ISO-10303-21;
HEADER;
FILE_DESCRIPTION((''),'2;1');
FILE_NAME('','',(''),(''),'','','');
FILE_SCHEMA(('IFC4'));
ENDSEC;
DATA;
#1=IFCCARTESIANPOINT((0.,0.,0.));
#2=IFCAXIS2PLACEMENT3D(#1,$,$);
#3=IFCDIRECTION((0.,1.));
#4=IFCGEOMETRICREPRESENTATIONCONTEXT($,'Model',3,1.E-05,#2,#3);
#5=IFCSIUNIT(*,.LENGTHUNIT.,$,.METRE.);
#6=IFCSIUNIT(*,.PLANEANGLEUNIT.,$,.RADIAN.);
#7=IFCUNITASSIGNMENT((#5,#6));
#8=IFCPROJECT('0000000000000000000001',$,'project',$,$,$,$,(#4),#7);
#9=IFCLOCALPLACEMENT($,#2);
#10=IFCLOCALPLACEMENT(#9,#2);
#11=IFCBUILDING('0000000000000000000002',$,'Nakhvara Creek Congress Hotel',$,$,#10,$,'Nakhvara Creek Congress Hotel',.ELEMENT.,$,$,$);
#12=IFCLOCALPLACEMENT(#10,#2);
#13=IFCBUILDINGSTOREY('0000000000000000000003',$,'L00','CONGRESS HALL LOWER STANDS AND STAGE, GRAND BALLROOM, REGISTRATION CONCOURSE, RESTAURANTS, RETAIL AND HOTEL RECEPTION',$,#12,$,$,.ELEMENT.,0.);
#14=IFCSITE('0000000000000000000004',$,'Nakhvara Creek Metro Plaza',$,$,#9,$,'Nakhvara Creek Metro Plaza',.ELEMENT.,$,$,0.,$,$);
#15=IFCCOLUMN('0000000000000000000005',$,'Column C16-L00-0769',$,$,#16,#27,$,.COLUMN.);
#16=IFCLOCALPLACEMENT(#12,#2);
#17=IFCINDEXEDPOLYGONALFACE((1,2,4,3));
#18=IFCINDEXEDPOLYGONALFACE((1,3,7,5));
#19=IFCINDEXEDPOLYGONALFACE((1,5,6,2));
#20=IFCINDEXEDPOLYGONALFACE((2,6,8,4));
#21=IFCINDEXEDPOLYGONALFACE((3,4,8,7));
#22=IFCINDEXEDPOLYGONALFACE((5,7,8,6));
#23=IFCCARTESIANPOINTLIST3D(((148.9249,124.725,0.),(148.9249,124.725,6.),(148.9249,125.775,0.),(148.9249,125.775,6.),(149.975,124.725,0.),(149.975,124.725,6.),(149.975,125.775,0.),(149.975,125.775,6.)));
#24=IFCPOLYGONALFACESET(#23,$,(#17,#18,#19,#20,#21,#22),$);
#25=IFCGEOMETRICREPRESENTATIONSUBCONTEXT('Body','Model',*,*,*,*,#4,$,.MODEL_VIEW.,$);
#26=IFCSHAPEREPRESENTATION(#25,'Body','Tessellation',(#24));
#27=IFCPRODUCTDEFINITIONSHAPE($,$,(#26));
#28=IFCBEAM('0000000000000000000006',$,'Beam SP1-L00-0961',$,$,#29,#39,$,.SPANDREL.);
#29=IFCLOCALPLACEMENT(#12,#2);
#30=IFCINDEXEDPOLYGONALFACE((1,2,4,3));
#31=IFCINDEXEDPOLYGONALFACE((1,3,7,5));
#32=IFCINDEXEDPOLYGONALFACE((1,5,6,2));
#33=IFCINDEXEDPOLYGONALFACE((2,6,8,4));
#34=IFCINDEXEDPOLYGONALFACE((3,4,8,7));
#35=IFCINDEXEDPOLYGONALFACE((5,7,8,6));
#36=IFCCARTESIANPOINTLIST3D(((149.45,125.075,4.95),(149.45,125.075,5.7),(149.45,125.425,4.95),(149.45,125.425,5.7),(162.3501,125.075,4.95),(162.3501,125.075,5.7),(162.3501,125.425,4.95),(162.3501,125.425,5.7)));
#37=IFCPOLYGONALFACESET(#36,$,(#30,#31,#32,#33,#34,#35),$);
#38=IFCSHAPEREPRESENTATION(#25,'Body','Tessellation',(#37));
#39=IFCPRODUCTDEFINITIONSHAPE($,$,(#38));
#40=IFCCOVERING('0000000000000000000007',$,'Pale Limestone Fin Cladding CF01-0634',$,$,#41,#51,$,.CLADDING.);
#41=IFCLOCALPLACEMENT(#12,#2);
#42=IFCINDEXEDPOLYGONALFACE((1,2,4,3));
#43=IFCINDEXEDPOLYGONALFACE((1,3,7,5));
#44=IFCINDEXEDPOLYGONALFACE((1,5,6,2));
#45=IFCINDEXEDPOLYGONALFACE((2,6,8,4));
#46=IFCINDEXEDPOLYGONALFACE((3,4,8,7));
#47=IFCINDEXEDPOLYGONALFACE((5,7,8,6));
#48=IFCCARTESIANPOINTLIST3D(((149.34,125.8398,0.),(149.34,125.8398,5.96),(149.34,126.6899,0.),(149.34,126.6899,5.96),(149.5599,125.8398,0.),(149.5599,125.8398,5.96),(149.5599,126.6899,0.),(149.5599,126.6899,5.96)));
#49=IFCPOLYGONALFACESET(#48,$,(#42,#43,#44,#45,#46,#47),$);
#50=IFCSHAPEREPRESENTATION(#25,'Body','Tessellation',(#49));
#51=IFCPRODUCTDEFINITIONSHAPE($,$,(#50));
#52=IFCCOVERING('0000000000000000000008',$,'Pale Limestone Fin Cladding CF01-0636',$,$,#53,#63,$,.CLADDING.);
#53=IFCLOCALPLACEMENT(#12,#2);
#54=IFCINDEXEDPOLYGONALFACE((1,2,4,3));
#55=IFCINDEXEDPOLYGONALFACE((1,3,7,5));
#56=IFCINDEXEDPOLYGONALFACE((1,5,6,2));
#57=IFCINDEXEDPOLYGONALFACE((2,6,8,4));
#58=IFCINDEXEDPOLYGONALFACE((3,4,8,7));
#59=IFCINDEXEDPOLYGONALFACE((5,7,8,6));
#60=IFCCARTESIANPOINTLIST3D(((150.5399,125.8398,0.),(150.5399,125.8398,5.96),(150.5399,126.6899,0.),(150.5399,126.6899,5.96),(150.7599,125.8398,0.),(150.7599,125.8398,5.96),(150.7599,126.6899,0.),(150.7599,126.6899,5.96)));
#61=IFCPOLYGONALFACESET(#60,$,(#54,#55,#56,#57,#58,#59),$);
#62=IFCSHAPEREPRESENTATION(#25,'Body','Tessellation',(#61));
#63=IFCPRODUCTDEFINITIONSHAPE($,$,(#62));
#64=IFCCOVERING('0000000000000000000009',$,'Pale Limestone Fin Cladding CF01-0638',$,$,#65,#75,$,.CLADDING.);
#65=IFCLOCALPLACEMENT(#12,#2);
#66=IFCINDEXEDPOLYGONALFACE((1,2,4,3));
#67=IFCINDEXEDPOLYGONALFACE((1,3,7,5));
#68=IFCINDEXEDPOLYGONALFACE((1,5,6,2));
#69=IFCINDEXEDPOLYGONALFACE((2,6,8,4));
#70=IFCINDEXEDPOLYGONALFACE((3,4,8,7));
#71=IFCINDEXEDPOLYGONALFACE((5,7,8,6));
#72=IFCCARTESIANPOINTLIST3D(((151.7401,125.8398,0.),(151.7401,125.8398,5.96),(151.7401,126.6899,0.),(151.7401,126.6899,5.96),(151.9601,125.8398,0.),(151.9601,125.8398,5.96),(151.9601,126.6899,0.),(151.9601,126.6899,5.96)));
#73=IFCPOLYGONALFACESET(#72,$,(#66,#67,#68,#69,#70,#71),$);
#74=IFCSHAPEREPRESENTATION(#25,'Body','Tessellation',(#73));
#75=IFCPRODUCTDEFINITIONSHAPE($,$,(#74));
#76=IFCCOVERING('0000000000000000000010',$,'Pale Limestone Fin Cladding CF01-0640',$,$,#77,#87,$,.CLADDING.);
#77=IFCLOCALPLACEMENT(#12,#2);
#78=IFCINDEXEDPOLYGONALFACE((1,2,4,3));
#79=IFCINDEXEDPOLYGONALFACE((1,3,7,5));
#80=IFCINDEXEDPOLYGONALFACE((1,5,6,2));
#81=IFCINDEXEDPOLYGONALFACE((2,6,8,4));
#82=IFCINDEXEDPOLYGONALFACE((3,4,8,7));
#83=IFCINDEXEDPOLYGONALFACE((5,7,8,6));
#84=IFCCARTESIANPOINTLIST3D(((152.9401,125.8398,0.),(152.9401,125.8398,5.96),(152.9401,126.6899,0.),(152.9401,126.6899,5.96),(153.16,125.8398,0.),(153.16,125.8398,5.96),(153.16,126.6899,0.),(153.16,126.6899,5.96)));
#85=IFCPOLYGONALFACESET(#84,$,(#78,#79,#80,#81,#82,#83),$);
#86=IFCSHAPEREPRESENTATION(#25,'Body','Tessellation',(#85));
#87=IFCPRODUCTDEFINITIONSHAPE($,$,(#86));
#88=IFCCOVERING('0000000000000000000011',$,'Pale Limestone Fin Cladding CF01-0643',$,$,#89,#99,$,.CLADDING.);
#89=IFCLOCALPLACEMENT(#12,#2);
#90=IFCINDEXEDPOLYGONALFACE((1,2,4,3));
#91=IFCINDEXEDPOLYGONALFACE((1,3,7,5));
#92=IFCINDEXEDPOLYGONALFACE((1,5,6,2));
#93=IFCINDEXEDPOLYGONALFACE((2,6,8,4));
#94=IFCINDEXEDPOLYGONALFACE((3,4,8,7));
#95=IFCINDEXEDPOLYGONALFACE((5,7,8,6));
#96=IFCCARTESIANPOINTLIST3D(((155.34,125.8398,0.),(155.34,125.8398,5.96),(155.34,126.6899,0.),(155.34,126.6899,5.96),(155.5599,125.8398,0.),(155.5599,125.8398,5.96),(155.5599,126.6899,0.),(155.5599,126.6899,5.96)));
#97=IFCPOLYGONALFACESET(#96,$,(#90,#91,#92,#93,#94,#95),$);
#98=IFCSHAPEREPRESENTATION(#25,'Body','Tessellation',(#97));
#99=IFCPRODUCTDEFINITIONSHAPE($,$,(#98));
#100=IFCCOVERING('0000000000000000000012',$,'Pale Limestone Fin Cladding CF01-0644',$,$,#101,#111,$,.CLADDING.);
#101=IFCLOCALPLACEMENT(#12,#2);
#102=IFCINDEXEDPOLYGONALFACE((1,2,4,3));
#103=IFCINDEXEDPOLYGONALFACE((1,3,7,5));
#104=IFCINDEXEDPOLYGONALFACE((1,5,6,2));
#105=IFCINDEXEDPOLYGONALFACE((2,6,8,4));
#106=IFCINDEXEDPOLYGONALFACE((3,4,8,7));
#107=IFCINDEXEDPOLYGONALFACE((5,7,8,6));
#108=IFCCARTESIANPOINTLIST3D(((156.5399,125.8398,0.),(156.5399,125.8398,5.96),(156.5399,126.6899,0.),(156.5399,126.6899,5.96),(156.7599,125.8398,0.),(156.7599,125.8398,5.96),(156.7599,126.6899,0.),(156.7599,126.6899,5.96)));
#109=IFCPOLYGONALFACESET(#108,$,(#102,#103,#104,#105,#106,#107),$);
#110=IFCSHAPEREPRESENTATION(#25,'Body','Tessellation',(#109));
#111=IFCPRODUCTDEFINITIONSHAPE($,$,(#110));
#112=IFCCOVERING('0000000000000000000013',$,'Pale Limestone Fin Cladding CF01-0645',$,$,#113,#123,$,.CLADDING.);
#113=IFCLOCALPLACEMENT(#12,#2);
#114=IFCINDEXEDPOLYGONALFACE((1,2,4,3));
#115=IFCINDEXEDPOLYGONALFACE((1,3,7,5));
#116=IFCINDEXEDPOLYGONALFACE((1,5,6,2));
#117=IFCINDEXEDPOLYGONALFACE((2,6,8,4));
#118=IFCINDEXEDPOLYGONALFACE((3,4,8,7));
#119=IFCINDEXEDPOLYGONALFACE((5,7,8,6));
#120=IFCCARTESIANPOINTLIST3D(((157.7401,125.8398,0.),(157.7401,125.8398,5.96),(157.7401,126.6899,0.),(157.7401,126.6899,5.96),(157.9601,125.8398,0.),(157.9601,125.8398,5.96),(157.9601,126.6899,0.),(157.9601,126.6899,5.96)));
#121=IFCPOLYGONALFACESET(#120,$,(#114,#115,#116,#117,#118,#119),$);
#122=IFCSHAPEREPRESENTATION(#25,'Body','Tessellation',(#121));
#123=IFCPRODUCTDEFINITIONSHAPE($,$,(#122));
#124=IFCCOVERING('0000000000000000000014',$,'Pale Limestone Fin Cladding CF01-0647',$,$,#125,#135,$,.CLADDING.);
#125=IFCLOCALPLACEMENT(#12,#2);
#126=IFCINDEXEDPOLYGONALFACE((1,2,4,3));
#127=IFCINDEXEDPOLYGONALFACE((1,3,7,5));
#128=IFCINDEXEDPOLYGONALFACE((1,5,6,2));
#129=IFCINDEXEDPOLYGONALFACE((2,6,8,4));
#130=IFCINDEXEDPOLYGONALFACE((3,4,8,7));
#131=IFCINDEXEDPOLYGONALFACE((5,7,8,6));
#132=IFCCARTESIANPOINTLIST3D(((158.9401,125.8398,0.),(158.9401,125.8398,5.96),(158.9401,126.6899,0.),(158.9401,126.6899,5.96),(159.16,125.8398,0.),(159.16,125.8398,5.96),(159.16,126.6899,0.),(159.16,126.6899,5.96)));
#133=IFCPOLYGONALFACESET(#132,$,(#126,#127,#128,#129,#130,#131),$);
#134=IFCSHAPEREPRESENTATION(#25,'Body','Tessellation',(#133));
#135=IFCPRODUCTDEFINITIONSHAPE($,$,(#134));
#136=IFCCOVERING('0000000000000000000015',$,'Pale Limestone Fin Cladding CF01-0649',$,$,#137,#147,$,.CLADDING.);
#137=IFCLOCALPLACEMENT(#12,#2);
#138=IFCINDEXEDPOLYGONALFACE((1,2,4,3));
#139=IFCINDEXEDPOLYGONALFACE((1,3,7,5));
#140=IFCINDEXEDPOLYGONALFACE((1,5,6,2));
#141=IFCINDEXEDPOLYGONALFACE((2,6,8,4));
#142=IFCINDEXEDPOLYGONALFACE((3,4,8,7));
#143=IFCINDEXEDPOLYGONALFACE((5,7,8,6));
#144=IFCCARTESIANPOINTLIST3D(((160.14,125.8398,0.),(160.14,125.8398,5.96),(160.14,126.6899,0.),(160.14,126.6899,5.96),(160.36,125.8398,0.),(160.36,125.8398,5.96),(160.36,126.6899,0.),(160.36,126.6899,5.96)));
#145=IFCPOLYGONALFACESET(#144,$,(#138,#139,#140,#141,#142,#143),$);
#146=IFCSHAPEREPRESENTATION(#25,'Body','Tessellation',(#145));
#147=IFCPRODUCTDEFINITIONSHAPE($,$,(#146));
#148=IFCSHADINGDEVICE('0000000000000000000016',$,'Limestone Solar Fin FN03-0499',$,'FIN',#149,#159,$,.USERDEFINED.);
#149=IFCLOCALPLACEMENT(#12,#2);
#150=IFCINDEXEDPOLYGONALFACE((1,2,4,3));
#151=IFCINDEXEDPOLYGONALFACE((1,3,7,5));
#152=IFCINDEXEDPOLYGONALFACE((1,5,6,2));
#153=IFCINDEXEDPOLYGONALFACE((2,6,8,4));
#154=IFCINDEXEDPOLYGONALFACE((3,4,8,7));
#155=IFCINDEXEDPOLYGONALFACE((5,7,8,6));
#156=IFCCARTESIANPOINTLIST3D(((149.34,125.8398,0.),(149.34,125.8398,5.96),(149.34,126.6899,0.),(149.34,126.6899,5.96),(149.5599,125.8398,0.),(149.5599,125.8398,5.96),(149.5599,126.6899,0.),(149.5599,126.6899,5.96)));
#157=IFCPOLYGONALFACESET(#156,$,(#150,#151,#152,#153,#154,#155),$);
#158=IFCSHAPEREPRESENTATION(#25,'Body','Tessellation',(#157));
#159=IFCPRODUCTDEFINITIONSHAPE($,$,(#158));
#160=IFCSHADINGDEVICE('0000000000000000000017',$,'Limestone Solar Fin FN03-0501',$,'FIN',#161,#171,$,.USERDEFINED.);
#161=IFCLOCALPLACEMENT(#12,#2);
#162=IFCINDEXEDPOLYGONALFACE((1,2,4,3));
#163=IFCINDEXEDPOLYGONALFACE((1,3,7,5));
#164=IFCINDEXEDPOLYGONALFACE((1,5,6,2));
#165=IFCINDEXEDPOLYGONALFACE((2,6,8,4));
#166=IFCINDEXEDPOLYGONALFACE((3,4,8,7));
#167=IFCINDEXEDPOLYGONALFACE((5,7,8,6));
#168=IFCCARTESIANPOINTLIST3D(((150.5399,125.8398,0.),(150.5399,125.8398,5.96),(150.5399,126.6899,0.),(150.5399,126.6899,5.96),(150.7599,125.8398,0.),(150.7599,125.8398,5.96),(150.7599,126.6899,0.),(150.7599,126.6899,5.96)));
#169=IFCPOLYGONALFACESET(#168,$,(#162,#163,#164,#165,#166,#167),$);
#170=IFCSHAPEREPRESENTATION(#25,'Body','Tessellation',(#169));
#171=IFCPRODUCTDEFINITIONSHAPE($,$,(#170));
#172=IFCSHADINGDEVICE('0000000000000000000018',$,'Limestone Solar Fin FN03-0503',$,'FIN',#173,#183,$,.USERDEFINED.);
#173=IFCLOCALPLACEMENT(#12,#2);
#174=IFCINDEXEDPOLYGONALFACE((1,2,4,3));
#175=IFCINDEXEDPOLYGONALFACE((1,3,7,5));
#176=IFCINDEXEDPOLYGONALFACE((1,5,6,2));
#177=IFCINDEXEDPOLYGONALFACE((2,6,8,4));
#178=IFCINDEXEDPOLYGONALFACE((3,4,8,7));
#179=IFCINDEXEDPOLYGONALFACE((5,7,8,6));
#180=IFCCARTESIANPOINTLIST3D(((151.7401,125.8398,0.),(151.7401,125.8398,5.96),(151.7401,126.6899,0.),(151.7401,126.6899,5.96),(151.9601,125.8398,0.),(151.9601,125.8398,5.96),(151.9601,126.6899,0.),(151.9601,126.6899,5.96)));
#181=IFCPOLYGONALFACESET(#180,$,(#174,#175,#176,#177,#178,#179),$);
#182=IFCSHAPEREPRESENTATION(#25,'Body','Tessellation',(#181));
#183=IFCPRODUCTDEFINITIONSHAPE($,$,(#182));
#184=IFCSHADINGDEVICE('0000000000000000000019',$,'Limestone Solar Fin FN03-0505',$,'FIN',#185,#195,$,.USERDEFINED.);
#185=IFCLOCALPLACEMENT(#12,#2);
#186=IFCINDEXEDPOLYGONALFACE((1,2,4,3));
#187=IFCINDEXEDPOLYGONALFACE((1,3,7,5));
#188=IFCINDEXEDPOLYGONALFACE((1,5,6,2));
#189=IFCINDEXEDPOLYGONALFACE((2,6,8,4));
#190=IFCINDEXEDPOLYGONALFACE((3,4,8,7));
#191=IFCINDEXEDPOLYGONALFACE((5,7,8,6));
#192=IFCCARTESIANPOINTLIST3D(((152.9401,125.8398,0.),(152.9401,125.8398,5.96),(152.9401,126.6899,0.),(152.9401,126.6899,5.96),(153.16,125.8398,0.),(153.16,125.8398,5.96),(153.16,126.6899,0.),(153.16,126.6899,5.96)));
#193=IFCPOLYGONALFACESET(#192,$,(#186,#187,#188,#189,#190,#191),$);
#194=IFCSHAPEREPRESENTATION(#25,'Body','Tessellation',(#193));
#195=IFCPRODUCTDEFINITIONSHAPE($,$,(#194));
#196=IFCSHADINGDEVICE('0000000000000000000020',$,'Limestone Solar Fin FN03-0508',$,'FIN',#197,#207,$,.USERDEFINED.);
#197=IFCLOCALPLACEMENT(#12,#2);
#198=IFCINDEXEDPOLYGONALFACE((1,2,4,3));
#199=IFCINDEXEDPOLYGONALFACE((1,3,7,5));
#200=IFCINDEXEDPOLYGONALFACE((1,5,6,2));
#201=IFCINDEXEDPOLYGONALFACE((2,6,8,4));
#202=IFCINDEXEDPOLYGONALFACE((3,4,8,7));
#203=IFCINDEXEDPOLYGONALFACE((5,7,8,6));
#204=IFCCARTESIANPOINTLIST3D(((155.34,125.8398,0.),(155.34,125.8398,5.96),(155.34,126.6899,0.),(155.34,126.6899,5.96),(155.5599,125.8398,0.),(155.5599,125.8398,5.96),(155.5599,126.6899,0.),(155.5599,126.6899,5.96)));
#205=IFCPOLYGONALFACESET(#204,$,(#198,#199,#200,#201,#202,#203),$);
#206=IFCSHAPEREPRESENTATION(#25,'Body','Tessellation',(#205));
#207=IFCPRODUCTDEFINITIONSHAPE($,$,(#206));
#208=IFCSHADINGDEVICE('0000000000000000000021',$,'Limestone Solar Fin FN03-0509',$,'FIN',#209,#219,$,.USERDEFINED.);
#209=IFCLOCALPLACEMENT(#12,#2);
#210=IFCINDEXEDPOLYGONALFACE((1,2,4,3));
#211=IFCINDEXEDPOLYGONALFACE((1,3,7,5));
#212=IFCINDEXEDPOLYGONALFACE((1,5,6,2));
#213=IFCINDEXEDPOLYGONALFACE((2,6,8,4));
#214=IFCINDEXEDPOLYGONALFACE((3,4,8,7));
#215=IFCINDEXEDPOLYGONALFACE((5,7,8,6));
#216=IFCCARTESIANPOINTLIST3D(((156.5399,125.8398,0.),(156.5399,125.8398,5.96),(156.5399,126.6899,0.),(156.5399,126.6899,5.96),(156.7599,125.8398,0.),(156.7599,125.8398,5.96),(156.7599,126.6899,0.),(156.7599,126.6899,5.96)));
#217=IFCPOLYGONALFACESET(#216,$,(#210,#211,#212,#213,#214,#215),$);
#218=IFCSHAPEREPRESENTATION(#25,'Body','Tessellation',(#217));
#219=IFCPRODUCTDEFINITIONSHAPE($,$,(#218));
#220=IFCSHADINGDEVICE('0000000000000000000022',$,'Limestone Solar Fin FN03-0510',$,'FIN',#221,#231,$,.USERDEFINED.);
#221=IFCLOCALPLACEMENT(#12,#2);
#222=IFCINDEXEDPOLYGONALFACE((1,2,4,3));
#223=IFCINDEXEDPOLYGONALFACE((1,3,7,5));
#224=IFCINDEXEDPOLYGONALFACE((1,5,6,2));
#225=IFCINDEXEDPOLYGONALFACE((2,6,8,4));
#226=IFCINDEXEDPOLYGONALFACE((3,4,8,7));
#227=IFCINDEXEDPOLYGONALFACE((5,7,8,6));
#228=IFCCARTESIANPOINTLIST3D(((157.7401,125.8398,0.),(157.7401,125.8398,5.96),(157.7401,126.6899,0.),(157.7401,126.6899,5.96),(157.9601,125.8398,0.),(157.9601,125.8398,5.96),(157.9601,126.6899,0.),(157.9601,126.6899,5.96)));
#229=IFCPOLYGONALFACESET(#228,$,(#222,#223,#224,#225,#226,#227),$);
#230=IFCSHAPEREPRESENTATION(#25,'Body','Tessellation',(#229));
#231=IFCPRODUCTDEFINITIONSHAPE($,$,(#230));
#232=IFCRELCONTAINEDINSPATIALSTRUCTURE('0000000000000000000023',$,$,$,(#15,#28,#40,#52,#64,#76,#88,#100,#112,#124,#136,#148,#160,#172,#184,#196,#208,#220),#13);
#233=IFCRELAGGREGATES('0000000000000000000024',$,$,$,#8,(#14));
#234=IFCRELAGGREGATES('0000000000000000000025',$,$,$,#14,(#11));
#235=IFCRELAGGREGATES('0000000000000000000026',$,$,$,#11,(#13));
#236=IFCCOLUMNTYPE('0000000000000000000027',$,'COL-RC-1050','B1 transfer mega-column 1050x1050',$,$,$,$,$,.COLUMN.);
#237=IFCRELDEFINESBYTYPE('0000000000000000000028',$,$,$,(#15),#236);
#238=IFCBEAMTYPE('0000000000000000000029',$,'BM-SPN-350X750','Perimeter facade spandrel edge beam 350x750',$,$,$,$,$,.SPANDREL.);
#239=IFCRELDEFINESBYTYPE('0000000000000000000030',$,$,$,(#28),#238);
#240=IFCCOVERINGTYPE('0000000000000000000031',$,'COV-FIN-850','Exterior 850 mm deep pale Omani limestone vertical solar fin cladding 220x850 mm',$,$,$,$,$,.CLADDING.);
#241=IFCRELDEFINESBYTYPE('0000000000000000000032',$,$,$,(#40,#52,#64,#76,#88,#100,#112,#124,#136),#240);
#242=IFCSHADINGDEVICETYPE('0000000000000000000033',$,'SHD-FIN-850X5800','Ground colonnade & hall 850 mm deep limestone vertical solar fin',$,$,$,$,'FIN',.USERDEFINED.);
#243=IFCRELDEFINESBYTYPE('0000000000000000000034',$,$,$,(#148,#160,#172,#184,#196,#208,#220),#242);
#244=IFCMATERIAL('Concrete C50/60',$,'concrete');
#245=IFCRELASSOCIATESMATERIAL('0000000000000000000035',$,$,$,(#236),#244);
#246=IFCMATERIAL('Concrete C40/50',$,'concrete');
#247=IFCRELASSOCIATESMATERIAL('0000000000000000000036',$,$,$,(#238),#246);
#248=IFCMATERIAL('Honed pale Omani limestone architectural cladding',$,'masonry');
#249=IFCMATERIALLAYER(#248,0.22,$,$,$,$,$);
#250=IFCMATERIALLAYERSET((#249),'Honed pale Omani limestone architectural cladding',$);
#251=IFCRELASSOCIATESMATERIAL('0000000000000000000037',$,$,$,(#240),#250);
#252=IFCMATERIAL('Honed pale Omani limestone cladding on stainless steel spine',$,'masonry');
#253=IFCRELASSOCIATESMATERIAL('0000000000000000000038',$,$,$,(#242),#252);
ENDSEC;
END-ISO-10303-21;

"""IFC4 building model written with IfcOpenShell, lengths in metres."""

from ifc_helpers import new_model, si_unit, direction, frame, origin, origin_2d, place, context, subcontext, project, spatial, rectangle, extrude, material, layer, layer_set, material_profile, profile_set, type_object, element, save


model = new_model("IFC4")

# Units and contexts
model_context = context("Model", 3, precision=1e-05, world=origin(), true_north=direction((0.0, 1.0)))
body_context = subcontext(model_context, "Body", "Model", "MODEL_VIEW")
ifc_project = project(units=[si_unit("LENGTHUNIT", "METRE"), si_unit("PLANEANGLEUNIT", "RADIAN")], contexts=[model_context])

# Site, building, storey
site_placement = place(None, origin())
site = spatial("IfcSite", under=ifc_project, at=site_placement, Name="Nakhvara Creek Metro Plaza", LongName="Nakhvara Creek Metro Plaza", CompositionType="ELEMENT", RefElevation=0.0)
building_placement = place(site_placement, origin())
building = spatial("IfcBuilding", under=site, at=building_placement, Name="Nakhvara Creek Congress Hotel", LongName="Nakhvara Creek Congress Hotel", CompositionType="ELEMENT")
storey_placement = place(building_placement, origin())
storey = spatial("IfcBuildingStorey", under=building, at=storey_placement, Name="L00", Description="CONGRESS HALL LOWER STANDS AND STAGE, GRAND BALLROOM, REGISTRATION CONCOURSE, RESTAURANTS, RETAIL AND HOTEL RECEPTION", CompositionType="ELEMENT", Elevation=0.0)

# Column
ifc_material_1 = material(Name="Concrete C50/60", Category="concrete")
ifc_material_profile_1 = material_profile(ifc_material_1, rectangle(XDim=1.05, YDim=1.05, at=origin_2d()), Name="RC-COL 1050x1050", Category="LoadBearing")
ifc_profile_set_1 = profile_set([ifc_material_profile_1], Name="Concrete C50/60")
column_type = type_object("IfcColumnType", Name="COL-RC-1050", Description="B1 transfer mega-column 1050x1050", PredefinedType="COLUMN", material=ifc_profile_set_1)
column_placement = place(storey_placement, frame((149.45, 125.25, 0.0), z_axis=(0.0, 0.0, 1.0), x_axis=(1.0, 0.0, 0.0)))
element("IfcColumn", 1, at=column_placement, inside=storey, type_object=column_type, Name="Column C16-L00-0769", PredefinedType="COLUMN", context=body_context, shape_type="SweptSolid", body=[
    extrude(rectangle(XDim=1.05, YDim=1.05, at=origin_2d()), origin(), (0.0, 0.0, 1.0), 6.0),
])

# Beam
ifc_material_2 = material(Name="Concrete C40/50", Category="concrete")
ifc_material_profile_2 = material_profile(ifc_material_2, rectangle(XDim=0.3501, YDim=0.75, at=origin_2d()), Name="RC-SPANDREL 350x750", Category="LoadBearing")
ifc_profile_set_2 = profile_set([ifc_material_profile_2], Name="Concrete C40/50")
beam_type = type_object("IfcBeamType", Name="BM-SPN-350X750", Description="Perimeter facade spandrel edge beam 350x750", PredefinedType="SPANDREL", material=ifc_profile_set_2)
beam_placement = place(storey_placement, frame((149.45, 125.25, 5.325), z_axis=(1.0, 0.0, 0.0), x_axis=(0.0, 1.0, 0.0)))
element("IfcBeam", 2, at=beam_placement, inside=storey, type_object=beam_type, Name="Beam SP1-L00-0961", PredefinedType="SPANDREL", context=body_context, shape_type="SweptSolid", body=[
    extrude(rectangle(XDim=0.3501, YDim=0.75, at=origin_2d()), origin(), (0.0, 0.0, 1.0), 12.9001),
])

# Coverings
ifc_material_3 = material(Name="Honed pale Omani limestone architectural cladding", Category="masonry")
ifc_layer = layer(ifc_material_3, 0.22)
ifc_layer_set = layer_set([ifc_layer], Name="Honed pale Omani limestone architectural cladding")
covering_type = type_object("IfcCoveringType", Name="COV-FIN-850", Description="Exterior 850 mm deep pale Omani limestone vertical solar fin cladding 220x850 mm", PredefinedType="CLADDING", material=ifc_layer_set)
for number, where, z_axis, x_axis, name in (
    (3, (149.45, 126.2649, 0.0), (0.0, 0.0, 1.0), (1.0, 0.0, 0.0), "Pale Limestone Fin Cladding CF01-0634"),
    (4, (150.6499, 126.2649, 0.0), (0.0, 0.0, 1.0), (1.0, 0.0, 0.0), "Pale Limestone Fin Cladding CF01-0636"),
    (5, (151.8501, 126.2649, 0.0), (0.0, 0.0, 1.0), (1.0, 0.0, 0.0), "Pale Limestone Fin Cladding CF01-0638"),
    (6, (153.05, 126.2649, 0.0), (0.0, 0.0, 1.0), (1.0, 0.0, 0.0), "Pale Limestone Fin Cladding CF01-0640"),
    (7, (155.45, 126.2649, 0.0), (0.0, 0.0, 1.0), (1.0, 0.0, 0.0), "Pale Limestone Fin Cladding CF01-0643"),
    (8, (156.6499, 126.2649, 0.0), (0.0, 0.0, 1.0), (1.0, 0.0, 0.0), "Pale Limestone Fin Cladding CF01-0644"),
    (9, (157.8501, 126.2649, 0.0), (0.0, 0.0, 1.0), (1.0, 0.0, 0.0), "Pale Limestone Fin Cladding CF01-0645"),
    (10, (159.05, 126.2649, 0.0), (0.0, 0.0, 1.0), (1.0, 0.0, 0.0), "Pale Limestone Fin Cladding CF01-0647"),
    (11, (160.25, 126.2649, 0.0), (0.0, 0.0, 1.0), (1.0, 0.0, 0.0), "Pale Limestone Fin Cladding CF01-0649"),
):
    element("IfcCovering", number, at=place(storey_placement, frame(where, z_axis=z_axis, x_axis=x_axis)), inside=storey, type_object=covering_type, Name=name, PredefinedType="CLADDING", context=body_context, shape_type="SweptSolid", body=[
        extrude(rectangle(XDim=0.22, YDim=0.8501, at=origin_2d()), origin(), (0.0, 0.0, 1.0), 5.96),
    ])

# Shading devices
ifc_material_4 = material(Name="Honed pale Omani limestone cladding on stainless steel spine", Category="masonry")
shading_device_type = type_object("IfcShadingDeviceType", Name="SHD-FIN-850X5800", Description="Ground colonnade & hall 850 mm deep limestone vertical solar fin", ElementType="FIN", PredefinedType="USERDEFINED", material=ifc_material_4)
for number, where, z_axis, x_axis, name in (
    (12, (149.45, 126.2649, 0.0), (0.0, 0.0, 1.0), (1.0, 0.0, 0.0), "Limestone Solar Fin FN03-0499"),
    (13, (150.6499, 126.2649, 0.0), (0.0, 0.0, 1.0), (1.0, 0.0, 0.0), "Limestone Solar Fin FN03-0501"),
    (14, (151.8501, 126.2649, 0.0), (0.0, 0.0, 1.0), (1.0, 0.0, 0.0), "Limestone Solar Fin FN03-0503"),
    (15, (153.05, 126.2649, 0.0), (0.0, 0.0, 1.0), (1.0, 0.0, 0.0), "Limestone Solar Fin FN03-0505"),
    (16, (155.45, 126.2649, 0.0), (0.0, 0.0, 1.0), (1.0, 0.0, 0.0), "Limestone Solar Fin FN03-0508"),
    (17, (156.6499, 126.2649, 0.0), (0.0, 0.0, 1.0), (1.0, 0.0, 0.0), "Limestone Solar Fin FN03-0509"),
    (18, (157.8501, 126.2649, 0.0), (0.0, 0.0, 1.0), (1.0, 0.0, 0.0), "Limestone Solar Fin FN03-0510"),
):
    element("IfcShadingDevice", number, at=place(storey_placement, frame(where, z_axis=z_axis, x_axis=x_axis)), inside=storey, type_object=shading_device_type, Name=name, ObjectType="FIN", PredefinedType="USERDEFINED", context=body_context, shape_type="SweptSolid", body=[
        extrude(rectangle(XDim=0.22, YDim=0.8501, at=origin_2d()), origin(), (0.0, 0.0, 1.0), 5.96),
    ])

save(model, "model.ifc")
